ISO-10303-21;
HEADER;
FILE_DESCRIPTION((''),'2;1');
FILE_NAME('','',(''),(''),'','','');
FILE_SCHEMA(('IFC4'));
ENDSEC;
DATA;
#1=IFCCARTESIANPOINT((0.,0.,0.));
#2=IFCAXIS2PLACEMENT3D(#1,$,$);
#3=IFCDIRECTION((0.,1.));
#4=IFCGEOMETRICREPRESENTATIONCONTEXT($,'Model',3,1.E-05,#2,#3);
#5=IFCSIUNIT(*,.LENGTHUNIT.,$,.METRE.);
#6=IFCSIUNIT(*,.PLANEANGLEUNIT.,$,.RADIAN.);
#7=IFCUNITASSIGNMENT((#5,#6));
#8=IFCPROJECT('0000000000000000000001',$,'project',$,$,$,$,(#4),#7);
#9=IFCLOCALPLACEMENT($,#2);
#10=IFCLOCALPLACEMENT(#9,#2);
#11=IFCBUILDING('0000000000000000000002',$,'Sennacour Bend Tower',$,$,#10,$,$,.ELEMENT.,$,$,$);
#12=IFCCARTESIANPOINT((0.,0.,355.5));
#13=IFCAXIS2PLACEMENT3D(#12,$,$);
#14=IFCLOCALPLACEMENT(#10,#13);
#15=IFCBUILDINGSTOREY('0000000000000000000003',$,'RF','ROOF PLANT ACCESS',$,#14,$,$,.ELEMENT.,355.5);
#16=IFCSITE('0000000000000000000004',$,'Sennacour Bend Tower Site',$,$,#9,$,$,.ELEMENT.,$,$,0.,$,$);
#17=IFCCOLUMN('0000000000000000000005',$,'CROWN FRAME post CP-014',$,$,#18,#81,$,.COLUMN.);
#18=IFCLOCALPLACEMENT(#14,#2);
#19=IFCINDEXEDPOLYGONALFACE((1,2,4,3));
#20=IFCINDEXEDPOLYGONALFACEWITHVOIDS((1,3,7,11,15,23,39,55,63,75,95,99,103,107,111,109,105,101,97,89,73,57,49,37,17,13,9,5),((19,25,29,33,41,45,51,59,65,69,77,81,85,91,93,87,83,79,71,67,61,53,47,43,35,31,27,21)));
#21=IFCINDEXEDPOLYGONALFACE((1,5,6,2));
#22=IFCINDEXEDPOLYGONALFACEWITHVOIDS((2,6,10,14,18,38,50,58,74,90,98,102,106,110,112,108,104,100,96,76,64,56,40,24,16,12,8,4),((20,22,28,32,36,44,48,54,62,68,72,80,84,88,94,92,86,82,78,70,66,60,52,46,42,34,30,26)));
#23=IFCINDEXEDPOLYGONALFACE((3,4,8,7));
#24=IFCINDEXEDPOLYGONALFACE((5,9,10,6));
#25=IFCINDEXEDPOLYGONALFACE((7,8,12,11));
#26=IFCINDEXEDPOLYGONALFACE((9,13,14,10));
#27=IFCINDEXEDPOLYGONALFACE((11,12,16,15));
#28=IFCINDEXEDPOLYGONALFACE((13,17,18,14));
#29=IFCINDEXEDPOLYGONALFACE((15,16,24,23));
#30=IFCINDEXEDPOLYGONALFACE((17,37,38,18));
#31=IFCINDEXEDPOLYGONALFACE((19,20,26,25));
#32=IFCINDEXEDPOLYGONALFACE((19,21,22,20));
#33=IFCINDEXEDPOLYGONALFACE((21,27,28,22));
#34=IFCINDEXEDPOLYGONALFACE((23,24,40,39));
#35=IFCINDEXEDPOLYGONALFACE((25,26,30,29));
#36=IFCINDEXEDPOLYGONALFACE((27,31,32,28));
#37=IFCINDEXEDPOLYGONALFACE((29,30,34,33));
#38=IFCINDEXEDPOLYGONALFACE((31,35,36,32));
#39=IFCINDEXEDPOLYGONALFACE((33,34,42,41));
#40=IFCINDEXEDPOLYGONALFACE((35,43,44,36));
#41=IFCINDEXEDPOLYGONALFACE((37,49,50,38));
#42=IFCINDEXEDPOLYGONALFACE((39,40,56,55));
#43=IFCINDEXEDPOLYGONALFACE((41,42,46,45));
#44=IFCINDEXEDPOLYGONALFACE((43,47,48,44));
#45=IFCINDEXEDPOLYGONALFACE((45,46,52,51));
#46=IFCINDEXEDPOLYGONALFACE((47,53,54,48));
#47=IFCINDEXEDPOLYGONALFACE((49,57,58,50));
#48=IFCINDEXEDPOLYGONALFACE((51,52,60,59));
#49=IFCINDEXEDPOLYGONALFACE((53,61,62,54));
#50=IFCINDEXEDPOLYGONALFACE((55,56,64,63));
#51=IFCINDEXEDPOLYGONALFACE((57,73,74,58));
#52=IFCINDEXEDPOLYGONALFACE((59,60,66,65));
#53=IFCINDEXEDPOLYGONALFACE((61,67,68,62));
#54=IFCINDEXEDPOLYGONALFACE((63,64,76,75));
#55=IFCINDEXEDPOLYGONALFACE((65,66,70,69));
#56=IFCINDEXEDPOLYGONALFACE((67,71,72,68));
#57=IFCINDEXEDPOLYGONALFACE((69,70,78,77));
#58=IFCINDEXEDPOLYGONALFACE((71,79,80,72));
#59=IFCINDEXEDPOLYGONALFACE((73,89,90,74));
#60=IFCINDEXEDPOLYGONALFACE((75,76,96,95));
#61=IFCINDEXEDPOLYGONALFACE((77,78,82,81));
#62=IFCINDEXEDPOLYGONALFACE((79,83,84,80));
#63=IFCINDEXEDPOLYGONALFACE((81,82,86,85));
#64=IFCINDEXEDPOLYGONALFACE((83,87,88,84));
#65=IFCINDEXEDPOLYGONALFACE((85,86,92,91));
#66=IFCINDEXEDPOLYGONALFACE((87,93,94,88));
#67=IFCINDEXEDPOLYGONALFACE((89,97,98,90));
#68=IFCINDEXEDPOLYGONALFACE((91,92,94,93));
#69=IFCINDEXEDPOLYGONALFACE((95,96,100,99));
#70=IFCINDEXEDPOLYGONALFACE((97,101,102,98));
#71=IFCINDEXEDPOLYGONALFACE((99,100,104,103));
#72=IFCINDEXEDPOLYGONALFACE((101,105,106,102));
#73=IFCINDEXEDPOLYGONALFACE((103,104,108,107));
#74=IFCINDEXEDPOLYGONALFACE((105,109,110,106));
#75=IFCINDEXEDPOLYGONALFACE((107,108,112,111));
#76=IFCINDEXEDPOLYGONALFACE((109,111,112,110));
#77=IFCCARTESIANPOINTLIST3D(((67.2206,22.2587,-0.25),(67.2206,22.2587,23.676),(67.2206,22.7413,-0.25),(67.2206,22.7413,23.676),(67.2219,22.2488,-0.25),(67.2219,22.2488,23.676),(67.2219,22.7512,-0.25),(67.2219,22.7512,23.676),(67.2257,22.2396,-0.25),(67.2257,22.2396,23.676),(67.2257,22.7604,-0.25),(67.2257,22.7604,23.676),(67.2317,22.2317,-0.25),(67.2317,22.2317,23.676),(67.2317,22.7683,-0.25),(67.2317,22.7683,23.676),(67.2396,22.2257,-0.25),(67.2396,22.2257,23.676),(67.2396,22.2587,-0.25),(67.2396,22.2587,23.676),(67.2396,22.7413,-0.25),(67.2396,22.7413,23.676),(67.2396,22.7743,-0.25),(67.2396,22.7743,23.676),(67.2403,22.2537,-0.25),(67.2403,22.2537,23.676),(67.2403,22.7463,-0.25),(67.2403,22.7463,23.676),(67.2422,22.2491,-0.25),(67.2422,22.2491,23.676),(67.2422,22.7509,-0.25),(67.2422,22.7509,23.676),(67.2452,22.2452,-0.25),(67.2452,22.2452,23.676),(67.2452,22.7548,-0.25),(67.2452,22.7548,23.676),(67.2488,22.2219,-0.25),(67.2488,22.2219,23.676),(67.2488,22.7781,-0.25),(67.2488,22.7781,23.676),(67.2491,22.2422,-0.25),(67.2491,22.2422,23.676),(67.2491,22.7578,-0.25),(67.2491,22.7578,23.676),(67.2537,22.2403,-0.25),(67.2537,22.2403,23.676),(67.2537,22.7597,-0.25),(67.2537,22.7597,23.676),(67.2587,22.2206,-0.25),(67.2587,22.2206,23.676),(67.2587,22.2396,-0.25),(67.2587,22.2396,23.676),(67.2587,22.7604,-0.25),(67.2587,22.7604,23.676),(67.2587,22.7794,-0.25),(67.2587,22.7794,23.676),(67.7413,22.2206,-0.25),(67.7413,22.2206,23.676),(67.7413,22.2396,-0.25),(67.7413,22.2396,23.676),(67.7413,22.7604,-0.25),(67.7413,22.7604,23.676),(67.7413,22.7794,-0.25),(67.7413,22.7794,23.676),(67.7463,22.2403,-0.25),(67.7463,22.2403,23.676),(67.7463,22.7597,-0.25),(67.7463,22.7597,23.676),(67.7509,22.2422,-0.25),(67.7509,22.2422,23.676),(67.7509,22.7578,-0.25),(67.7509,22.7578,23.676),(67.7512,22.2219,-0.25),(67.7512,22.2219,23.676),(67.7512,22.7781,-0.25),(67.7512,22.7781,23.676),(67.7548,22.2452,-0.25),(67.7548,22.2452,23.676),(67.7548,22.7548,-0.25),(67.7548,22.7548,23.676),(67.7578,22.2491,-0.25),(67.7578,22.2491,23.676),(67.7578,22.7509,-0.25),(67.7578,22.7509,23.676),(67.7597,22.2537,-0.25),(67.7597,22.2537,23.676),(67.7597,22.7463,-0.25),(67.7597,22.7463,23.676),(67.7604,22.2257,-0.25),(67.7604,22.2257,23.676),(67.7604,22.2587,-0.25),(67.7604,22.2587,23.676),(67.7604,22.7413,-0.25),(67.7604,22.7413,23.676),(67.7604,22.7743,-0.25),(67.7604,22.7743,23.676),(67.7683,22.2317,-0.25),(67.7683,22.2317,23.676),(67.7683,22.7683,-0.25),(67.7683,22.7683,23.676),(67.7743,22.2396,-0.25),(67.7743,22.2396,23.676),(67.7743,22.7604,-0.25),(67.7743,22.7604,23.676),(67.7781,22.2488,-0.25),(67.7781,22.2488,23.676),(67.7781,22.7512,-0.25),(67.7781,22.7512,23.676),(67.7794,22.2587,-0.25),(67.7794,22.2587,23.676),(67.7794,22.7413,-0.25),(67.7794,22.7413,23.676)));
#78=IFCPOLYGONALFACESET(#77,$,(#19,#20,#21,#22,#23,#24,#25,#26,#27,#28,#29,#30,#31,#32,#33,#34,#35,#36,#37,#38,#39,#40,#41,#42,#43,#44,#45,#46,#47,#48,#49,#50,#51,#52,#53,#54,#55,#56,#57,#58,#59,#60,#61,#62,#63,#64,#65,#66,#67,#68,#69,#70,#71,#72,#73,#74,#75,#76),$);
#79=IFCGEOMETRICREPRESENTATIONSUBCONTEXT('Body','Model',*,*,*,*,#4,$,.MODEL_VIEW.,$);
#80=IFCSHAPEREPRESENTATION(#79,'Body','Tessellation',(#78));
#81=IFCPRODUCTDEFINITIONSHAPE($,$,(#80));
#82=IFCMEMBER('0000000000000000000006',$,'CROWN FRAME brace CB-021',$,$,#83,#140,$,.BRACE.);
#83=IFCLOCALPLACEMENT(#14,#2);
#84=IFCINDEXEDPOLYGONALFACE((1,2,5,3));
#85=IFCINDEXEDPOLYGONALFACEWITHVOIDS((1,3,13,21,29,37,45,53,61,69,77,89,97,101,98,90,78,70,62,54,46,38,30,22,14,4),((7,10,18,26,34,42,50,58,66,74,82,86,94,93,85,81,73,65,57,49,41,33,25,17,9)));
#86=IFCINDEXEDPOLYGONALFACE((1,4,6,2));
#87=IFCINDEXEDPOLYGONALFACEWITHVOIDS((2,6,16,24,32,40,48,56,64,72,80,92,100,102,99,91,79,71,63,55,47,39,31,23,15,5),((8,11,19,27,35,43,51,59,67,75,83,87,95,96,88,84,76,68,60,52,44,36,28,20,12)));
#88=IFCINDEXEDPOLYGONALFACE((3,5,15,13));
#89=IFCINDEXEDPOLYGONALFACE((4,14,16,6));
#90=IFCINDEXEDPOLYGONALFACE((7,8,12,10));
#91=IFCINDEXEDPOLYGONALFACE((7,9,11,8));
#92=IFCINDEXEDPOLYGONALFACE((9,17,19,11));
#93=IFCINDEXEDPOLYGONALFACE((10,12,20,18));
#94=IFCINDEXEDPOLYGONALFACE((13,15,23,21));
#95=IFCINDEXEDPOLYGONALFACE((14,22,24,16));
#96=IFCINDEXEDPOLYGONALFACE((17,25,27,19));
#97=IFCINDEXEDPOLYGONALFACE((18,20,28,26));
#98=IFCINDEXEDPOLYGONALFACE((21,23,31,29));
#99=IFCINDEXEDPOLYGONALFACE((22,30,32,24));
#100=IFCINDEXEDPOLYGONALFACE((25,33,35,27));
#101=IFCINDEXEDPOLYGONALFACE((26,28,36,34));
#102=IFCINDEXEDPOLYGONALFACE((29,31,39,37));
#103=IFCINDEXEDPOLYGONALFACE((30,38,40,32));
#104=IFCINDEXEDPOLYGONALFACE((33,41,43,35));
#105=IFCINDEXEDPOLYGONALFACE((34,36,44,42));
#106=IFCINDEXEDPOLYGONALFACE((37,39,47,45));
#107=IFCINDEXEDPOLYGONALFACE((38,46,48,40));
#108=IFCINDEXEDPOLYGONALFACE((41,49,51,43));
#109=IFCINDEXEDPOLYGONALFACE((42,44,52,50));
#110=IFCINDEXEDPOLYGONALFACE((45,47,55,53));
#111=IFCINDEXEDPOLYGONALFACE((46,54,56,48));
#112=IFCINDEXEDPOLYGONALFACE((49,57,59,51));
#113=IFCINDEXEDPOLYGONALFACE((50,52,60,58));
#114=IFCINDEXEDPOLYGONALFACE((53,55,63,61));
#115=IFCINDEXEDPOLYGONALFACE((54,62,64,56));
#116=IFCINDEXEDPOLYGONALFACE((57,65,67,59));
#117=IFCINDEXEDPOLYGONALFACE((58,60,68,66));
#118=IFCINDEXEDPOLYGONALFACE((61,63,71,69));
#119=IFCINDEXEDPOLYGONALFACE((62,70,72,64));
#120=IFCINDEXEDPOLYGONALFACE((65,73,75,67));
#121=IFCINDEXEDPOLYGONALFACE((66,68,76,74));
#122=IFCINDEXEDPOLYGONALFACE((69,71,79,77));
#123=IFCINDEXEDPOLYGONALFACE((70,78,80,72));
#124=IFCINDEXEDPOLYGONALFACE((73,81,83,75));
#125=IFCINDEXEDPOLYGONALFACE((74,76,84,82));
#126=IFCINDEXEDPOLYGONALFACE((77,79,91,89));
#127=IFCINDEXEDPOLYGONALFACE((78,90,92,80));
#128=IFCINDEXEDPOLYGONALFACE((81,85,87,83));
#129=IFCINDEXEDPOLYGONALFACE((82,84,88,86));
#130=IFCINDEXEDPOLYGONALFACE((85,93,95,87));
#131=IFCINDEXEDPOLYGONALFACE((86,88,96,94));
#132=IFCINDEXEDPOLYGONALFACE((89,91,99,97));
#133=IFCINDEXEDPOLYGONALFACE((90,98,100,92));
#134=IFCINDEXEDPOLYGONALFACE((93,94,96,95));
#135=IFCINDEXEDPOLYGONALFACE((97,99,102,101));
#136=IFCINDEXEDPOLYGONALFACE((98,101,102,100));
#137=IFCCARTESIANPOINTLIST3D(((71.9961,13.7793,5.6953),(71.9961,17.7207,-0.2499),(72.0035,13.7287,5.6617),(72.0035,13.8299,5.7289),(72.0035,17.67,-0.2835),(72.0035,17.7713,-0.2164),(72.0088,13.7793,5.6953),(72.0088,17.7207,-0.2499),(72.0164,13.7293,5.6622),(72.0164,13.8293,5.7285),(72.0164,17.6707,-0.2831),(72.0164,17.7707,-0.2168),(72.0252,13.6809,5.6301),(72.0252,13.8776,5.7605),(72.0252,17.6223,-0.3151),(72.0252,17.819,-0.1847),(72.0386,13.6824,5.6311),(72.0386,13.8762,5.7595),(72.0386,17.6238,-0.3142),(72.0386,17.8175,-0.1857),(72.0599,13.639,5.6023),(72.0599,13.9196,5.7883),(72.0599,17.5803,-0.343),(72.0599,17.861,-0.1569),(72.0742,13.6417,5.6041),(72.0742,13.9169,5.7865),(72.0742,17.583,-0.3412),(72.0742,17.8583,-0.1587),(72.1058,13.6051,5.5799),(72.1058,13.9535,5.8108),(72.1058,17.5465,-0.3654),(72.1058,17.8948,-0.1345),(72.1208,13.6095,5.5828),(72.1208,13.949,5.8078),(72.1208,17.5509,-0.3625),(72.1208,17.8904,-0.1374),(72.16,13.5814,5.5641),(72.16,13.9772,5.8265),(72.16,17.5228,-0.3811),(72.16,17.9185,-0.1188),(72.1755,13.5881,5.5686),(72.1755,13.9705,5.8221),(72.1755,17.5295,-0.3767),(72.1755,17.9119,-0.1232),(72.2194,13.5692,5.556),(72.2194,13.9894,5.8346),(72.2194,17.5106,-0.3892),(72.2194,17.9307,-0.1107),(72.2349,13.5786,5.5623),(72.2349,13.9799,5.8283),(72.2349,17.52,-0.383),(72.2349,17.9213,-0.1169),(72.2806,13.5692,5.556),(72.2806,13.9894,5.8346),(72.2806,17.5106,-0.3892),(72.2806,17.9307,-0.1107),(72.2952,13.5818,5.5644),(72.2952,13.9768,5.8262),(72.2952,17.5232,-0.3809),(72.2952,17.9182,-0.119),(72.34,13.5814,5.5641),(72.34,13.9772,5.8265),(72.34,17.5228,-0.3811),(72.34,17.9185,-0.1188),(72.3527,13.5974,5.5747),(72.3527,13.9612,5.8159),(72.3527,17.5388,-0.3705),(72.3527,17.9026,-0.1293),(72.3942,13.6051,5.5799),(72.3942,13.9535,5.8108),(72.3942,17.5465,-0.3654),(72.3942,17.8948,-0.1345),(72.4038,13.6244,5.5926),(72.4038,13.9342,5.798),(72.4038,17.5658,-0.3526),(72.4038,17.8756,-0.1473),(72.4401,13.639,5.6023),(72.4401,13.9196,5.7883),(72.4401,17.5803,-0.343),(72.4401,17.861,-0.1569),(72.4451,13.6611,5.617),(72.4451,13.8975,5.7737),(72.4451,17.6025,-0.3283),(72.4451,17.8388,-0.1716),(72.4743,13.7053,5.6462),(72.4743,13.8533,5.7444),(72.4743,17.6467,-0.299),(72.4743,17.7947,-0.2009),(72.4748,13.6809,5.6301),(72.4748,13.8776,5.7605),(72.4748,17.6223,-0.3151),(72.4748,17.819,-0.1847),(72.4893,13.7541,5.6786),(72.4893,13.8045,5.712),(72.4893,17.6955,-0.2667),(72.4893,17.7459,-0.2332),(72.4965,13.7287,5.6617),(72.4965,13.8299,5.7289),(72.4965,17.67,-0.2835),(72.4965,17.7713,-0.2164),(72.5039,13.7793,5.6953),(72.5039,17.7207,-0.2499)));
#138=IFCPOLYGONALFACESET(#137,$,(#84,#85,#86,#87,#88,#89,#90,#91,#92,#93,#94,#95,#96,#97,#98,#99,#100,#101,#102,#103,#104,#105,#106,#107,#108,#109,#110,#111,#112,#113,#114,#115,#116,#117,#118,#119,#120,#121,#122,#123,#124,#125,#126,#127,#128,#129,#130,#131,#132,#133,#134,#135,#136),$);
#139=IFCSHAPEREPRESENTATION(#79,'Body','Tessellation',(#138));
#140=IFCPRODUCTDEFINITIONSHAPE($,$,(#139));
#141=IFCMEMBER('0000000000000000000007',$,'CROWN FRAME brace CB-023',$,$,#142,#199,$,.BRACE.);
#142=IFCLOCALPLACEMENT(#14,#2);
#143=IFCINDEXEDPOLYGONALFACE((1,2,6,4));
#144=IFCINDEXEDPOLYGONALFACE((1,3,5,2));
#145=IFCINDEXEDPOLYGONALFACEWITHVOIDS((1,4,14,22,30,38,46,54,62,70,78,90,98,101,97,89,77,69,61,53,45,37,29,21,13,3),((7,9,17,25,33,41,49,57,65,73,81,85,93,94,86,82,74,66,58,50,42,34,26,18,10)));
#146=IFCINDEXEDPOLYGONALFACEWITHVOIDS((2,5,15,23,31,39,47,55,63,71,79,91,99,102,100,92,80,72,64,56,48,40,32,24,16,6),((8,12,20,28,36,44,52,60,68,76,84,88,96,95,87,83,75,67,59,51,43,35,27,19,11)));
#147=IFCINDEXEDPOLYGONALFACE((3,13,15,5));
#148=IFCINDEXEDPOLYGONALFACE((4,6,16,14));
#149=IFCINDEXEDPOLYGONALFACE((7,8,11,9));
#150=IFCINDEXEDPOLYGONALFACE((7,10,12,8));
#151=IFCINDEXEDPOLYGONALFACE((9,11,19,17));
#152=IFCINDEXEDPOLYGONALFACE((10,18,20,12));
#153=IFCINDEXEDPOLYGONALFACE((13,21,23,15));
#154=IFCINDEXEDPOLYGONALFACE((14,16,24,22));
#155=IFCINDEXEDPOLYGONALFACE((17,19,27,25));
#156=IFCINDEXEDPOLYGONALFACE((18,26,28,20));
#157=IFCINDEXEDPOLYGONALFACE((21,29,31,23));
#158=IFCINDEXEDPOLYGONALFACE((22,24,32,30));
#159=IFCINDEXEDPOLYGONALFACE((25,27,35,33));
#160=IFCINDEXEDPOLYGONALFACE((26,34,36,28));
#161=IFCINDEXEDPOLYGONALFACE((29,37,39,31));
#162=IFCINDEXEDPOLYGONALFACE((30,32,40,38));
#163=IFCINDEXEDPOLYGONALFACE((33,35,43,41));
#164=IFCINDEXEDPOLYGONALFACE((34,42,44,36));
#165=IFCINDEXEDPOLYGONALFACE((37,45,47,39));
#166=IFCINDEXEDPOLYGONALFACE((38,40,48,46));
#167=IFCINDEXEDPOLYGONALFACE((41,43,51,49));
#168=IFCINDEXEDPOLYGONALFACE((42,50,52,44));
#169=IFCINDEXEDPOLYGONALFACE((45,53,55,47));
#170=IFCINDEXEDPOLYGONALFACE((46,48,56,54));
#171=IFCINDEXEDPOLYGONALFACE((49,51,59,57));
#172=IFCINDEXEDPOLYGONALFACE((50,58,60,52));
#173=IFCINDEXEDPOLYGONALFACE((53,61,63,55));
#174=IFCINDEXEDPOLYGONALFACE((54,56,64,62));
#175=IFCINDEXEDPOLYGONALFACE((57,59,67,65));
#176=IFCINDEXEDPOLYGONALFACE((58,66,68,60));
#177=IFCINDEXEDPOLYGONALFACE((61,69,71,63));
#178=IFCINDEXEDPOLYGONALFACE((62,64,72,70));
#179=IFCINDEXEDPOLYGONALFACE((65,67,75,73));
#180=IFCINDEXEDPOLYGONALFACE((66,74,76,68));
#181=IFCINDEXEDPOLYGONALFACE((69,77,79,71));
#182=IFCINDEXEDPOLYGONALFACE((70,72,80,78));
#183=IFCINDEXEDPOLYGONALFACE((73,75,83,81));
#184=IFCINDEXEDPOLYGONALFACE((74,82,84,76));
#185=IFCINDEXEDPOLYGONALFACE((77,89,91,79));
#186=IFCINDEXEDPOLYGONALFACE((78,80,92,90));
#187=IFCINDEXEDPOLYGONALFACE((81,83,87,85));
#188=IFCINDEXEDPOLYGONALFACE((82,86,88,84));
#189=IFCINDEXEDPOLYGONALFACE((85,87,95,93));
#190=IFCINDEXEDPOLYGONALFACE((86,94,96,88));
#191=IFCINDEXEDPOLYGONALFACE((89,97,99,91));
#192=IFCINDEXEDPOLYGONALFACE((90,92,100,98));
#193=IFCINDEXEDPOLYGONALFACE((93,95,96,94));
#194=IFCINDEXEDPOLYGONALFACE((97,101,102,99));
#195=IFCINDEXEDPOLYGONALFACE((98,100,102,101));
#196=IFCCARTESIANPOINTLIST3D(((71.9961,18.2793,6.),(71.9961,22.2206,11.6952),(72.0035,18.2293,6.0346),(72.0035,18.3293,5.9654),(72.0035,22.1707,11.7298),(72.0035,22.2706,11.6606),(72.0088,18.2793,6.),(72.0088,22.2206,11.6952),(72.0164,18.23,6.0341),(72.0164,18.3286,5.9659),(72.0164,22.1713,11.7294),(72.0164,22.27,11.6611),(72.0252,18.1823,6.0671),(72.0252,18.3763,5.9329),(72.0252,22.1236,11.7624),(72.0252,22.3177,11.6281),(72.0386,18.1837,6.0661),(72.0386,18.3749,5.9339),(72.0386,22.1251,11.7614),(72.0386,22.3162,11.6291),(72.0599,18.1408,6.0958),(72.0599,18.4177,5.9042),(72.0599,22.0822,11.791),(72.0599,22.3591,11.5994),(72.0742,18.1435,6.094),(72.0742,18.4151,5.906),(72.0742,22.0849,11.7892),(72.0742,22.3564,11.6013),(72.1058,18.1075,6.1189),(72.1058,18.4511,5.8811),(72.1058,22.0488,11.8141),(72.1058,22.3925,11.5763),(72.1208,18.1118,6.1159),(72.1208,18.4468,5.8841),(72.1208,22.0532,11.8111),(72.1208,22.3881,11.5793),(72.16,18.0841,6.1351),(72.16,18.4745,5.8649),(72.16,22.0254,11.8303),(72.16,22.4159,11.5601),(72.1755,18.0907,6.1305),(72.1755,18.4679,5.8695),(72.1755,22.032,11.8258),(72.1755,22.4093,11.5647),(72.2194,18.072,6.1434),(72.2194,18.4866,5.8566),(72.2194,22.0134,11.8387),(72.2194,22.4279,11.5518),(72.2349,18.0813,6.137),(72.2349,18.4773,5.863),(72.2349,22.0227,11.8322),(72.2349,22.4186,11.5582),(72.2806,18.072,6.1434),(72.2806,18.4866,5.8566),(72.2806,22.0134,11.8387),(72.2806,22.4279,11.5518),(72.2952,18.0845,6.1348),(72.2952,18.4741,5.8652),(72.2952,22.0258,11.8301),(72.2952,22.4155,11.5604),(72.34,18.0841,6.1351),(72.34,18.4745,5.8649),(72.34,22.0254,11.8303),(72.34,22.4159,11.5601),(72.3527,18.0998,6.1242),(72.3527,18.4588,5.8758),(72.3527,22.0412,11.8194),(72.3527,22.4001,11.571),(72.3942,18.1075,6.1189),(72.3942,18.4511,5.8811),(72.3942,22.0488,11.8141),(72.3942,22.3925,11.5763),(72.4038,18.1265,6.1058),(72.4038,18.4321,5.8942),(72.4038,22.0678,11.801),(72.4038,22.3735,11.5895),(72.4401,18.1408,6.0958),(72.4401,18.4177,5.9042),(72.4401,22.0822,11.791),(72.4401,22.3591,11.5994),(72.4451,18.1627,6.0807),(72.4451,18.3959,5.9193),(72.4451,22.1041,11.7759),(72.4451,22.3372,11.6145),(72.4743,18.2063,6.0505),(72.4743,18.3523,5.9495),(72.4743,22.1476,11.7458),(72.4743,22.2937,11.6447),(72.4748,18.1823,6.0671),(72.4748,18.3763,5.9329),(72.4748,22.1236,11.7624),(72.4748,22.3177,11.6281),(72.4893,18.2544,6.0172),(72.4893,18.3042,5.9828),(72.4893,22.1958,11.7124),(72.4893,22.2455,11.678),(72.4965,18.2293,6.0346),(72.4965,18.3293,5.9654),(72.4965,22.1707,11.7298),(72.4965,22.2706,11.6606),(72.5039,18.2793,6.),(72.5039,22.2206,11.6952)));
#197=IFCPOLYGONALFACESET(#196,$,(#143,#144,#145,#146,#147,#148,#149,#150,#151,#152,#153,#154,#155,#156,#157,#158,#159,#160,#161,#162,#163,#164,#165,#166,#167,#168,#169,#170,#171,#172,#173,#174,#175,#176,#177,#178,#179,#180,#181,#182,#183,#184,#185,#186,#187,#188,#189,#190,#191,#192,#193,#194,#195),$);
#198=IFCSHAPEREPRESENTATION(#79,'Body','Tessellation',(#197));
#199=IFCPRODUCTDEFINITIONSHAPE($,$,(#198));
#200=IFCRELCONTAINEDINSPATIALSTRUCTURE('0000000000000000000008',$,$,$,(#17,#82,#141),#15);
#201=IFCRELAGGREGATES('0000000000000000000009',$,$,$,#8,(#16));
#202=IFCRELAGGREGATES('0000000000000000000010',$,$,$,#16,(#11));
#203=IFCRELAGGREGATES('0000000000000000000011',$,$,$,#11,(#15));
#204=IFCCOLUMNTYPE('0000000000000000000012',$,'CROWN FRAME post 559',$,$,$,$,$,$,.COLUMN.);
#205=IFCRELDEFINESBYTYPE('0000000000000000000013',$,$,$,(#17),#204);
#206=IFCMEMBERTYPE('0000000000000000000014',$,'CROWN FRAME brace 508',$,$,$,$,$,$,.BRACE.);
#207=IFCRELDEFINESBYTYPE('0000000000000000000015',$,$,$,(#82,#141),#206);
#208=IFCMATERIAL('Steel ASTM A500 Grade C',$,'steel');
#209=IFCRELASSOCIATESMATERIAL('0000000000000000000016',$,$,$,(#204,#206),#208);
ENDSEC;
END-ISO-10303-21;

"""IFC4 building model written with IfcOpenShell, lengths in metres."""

from ifc_helpers import new_model, si_unit, direction, frame, origin, origin_2d, place, context, subcontext, project, spatial, hollow_rectangle, hollow_circle, extrude, material, material_profile, profile_set, type_object, element, save


model = new_model("IFC4")

# Units and contexts
model_context = context("Model", 3, precision=1e-05, world=origin(), true_north=direction((0.0, 1.0)))
body_context = subcontext(model_context, "Body", "Model", "MODEL_VIEW")
ifc_project = project(units=[si_unit("LENGTHUNIT", "METRE"), si_unit("PLANEANGLEUNIT", "RADIAN")], contexts=[model_context])

# Site, building, storey
site_placement = place(None, origin())
site = spatial("IfcSite", under=ifc_project, at=site_placement, Name="Sennacour Bend Tower Site", CompositionType="ELEMENT", RefElevation=0.0)
building_placement = place(site_placement, origin())
building = spatial("IfcBuilding", under=site, at=building_placement, Name="Sennacour Bend Tower", CompositionType="ELEMENT")
storey_placement = place(building_placement, frame((0.0, 0.0, 355.5)))
storey = spatial("IfcBuildingStorey", under=building, at=storey_placement, Name="RF", Description="ROOF PLANT ACCESS", CompositionType="ELEMENT", Elevation=355.5)

# Column
ifc_material_1 = material(Name="Steel ASTM A500 Grade C", Category="steel")
ifc_material_profile_1 = material_profile(ifc_material_1, hollow_rectangle(XDim=0.5588, YDim=0.5588, WallThickness=0.019, InnerFilletRadius=0.019, OuterFilletRadius=0.0381, at=origin_2d()), Name="Steel ASTM A500 Grade C", Category="steel")
ifc_profile_set_1 = profile_set([ifc_material_profile_1], Name="Steel ASTM A500 Grade C")
column_type = type_object("IfcColumnType", Name="CROWN FRAME post 559", PredefinedType="COLUMN", material=ifc_profile_set_1)
for number, where, z_axis, x_axis, name in (
    (1, (67.5, 22.5, -0.25), (0.0, 0.0, 1.0), (1.0, 0.0, 0.0), "CROWN FRAME post CP-014"),
):
    element("IfcColumn", number, at=place(storey_placement, frame(where, z_axis=z_axis, x_axis=x_axis)), inside=storey, type_object=column_type, Name=name, PredefinedType="COLUMN", context=body_context, shape_type="SweptSolid", body=[
        extrude(hollow_rectangle(XDim=0.5588, YDim=0.5588, WallThickness=0.019, InnerFilletRadius=0.019, OuterFilletRadius=0.0381, at=origin_2d()), origin(), (0.0, 0.0, 1.0), 23.926),
    ])

# Members
ifc_material_profile_2 = material_profile(ifc_material_1, hollow_circle(Radius=0.2539, WallThickness=0.0127, at=origin_2d()), Name="Steel ASTM A500 Grade C", Category="steel")
ifc_profile_set_2 = profile_set([ifc_material_profile_2], Name="Steel ASTM A500 Grade C")
member_type_1 = type_object("IfcMemberType", Name="CROWN FRAME brace 508", PredefinedType="BRACE", material=ifc_profile_set_2)
member_1_placement = place(storey_placement, frame((72.25, 13.7793, 5.6953), z_axis=(0.0, 0.55255, -0.83348), x_axis=(-1.0, 0.0, 0.0)))
element("IfcMember", 2, at=member_1_placement, inside=storey, type_object=member_type_1, Name="CROWN FRAME brace CB-021", PredefinedType="BRACE", context=body_context, shape_type="SweptSolid", body=[
    extrude(hollow_circle(Radius=0.2539, WallThickness=0.0127, at=origin_2d()), origin(), (0.0, 0.0, 1.0), 7.1331),
])
member_2_placement = place(storey_placement, frame((72.25, 18.2793, 6.0), z_axis=(0.0, 0.569063, 0.822294), x_axis=(-1.0, 0.0, 0.0)))
element("IfcMember", 3, at=member_2_placement, inside=storey, type_object=member_type_1, Name="CROWN FRAME brace CB-023", PredefinedType="BRACE", context=body_context, shape_type="SweptSolid", body=[
    extrude(hollow_circle(Radius=0.2539, WallThickness=0.0127, at=origin_2d()), origin(), (0.0, 0.0, 1.0), 6.926),
])

save(model, "model.ifc")
